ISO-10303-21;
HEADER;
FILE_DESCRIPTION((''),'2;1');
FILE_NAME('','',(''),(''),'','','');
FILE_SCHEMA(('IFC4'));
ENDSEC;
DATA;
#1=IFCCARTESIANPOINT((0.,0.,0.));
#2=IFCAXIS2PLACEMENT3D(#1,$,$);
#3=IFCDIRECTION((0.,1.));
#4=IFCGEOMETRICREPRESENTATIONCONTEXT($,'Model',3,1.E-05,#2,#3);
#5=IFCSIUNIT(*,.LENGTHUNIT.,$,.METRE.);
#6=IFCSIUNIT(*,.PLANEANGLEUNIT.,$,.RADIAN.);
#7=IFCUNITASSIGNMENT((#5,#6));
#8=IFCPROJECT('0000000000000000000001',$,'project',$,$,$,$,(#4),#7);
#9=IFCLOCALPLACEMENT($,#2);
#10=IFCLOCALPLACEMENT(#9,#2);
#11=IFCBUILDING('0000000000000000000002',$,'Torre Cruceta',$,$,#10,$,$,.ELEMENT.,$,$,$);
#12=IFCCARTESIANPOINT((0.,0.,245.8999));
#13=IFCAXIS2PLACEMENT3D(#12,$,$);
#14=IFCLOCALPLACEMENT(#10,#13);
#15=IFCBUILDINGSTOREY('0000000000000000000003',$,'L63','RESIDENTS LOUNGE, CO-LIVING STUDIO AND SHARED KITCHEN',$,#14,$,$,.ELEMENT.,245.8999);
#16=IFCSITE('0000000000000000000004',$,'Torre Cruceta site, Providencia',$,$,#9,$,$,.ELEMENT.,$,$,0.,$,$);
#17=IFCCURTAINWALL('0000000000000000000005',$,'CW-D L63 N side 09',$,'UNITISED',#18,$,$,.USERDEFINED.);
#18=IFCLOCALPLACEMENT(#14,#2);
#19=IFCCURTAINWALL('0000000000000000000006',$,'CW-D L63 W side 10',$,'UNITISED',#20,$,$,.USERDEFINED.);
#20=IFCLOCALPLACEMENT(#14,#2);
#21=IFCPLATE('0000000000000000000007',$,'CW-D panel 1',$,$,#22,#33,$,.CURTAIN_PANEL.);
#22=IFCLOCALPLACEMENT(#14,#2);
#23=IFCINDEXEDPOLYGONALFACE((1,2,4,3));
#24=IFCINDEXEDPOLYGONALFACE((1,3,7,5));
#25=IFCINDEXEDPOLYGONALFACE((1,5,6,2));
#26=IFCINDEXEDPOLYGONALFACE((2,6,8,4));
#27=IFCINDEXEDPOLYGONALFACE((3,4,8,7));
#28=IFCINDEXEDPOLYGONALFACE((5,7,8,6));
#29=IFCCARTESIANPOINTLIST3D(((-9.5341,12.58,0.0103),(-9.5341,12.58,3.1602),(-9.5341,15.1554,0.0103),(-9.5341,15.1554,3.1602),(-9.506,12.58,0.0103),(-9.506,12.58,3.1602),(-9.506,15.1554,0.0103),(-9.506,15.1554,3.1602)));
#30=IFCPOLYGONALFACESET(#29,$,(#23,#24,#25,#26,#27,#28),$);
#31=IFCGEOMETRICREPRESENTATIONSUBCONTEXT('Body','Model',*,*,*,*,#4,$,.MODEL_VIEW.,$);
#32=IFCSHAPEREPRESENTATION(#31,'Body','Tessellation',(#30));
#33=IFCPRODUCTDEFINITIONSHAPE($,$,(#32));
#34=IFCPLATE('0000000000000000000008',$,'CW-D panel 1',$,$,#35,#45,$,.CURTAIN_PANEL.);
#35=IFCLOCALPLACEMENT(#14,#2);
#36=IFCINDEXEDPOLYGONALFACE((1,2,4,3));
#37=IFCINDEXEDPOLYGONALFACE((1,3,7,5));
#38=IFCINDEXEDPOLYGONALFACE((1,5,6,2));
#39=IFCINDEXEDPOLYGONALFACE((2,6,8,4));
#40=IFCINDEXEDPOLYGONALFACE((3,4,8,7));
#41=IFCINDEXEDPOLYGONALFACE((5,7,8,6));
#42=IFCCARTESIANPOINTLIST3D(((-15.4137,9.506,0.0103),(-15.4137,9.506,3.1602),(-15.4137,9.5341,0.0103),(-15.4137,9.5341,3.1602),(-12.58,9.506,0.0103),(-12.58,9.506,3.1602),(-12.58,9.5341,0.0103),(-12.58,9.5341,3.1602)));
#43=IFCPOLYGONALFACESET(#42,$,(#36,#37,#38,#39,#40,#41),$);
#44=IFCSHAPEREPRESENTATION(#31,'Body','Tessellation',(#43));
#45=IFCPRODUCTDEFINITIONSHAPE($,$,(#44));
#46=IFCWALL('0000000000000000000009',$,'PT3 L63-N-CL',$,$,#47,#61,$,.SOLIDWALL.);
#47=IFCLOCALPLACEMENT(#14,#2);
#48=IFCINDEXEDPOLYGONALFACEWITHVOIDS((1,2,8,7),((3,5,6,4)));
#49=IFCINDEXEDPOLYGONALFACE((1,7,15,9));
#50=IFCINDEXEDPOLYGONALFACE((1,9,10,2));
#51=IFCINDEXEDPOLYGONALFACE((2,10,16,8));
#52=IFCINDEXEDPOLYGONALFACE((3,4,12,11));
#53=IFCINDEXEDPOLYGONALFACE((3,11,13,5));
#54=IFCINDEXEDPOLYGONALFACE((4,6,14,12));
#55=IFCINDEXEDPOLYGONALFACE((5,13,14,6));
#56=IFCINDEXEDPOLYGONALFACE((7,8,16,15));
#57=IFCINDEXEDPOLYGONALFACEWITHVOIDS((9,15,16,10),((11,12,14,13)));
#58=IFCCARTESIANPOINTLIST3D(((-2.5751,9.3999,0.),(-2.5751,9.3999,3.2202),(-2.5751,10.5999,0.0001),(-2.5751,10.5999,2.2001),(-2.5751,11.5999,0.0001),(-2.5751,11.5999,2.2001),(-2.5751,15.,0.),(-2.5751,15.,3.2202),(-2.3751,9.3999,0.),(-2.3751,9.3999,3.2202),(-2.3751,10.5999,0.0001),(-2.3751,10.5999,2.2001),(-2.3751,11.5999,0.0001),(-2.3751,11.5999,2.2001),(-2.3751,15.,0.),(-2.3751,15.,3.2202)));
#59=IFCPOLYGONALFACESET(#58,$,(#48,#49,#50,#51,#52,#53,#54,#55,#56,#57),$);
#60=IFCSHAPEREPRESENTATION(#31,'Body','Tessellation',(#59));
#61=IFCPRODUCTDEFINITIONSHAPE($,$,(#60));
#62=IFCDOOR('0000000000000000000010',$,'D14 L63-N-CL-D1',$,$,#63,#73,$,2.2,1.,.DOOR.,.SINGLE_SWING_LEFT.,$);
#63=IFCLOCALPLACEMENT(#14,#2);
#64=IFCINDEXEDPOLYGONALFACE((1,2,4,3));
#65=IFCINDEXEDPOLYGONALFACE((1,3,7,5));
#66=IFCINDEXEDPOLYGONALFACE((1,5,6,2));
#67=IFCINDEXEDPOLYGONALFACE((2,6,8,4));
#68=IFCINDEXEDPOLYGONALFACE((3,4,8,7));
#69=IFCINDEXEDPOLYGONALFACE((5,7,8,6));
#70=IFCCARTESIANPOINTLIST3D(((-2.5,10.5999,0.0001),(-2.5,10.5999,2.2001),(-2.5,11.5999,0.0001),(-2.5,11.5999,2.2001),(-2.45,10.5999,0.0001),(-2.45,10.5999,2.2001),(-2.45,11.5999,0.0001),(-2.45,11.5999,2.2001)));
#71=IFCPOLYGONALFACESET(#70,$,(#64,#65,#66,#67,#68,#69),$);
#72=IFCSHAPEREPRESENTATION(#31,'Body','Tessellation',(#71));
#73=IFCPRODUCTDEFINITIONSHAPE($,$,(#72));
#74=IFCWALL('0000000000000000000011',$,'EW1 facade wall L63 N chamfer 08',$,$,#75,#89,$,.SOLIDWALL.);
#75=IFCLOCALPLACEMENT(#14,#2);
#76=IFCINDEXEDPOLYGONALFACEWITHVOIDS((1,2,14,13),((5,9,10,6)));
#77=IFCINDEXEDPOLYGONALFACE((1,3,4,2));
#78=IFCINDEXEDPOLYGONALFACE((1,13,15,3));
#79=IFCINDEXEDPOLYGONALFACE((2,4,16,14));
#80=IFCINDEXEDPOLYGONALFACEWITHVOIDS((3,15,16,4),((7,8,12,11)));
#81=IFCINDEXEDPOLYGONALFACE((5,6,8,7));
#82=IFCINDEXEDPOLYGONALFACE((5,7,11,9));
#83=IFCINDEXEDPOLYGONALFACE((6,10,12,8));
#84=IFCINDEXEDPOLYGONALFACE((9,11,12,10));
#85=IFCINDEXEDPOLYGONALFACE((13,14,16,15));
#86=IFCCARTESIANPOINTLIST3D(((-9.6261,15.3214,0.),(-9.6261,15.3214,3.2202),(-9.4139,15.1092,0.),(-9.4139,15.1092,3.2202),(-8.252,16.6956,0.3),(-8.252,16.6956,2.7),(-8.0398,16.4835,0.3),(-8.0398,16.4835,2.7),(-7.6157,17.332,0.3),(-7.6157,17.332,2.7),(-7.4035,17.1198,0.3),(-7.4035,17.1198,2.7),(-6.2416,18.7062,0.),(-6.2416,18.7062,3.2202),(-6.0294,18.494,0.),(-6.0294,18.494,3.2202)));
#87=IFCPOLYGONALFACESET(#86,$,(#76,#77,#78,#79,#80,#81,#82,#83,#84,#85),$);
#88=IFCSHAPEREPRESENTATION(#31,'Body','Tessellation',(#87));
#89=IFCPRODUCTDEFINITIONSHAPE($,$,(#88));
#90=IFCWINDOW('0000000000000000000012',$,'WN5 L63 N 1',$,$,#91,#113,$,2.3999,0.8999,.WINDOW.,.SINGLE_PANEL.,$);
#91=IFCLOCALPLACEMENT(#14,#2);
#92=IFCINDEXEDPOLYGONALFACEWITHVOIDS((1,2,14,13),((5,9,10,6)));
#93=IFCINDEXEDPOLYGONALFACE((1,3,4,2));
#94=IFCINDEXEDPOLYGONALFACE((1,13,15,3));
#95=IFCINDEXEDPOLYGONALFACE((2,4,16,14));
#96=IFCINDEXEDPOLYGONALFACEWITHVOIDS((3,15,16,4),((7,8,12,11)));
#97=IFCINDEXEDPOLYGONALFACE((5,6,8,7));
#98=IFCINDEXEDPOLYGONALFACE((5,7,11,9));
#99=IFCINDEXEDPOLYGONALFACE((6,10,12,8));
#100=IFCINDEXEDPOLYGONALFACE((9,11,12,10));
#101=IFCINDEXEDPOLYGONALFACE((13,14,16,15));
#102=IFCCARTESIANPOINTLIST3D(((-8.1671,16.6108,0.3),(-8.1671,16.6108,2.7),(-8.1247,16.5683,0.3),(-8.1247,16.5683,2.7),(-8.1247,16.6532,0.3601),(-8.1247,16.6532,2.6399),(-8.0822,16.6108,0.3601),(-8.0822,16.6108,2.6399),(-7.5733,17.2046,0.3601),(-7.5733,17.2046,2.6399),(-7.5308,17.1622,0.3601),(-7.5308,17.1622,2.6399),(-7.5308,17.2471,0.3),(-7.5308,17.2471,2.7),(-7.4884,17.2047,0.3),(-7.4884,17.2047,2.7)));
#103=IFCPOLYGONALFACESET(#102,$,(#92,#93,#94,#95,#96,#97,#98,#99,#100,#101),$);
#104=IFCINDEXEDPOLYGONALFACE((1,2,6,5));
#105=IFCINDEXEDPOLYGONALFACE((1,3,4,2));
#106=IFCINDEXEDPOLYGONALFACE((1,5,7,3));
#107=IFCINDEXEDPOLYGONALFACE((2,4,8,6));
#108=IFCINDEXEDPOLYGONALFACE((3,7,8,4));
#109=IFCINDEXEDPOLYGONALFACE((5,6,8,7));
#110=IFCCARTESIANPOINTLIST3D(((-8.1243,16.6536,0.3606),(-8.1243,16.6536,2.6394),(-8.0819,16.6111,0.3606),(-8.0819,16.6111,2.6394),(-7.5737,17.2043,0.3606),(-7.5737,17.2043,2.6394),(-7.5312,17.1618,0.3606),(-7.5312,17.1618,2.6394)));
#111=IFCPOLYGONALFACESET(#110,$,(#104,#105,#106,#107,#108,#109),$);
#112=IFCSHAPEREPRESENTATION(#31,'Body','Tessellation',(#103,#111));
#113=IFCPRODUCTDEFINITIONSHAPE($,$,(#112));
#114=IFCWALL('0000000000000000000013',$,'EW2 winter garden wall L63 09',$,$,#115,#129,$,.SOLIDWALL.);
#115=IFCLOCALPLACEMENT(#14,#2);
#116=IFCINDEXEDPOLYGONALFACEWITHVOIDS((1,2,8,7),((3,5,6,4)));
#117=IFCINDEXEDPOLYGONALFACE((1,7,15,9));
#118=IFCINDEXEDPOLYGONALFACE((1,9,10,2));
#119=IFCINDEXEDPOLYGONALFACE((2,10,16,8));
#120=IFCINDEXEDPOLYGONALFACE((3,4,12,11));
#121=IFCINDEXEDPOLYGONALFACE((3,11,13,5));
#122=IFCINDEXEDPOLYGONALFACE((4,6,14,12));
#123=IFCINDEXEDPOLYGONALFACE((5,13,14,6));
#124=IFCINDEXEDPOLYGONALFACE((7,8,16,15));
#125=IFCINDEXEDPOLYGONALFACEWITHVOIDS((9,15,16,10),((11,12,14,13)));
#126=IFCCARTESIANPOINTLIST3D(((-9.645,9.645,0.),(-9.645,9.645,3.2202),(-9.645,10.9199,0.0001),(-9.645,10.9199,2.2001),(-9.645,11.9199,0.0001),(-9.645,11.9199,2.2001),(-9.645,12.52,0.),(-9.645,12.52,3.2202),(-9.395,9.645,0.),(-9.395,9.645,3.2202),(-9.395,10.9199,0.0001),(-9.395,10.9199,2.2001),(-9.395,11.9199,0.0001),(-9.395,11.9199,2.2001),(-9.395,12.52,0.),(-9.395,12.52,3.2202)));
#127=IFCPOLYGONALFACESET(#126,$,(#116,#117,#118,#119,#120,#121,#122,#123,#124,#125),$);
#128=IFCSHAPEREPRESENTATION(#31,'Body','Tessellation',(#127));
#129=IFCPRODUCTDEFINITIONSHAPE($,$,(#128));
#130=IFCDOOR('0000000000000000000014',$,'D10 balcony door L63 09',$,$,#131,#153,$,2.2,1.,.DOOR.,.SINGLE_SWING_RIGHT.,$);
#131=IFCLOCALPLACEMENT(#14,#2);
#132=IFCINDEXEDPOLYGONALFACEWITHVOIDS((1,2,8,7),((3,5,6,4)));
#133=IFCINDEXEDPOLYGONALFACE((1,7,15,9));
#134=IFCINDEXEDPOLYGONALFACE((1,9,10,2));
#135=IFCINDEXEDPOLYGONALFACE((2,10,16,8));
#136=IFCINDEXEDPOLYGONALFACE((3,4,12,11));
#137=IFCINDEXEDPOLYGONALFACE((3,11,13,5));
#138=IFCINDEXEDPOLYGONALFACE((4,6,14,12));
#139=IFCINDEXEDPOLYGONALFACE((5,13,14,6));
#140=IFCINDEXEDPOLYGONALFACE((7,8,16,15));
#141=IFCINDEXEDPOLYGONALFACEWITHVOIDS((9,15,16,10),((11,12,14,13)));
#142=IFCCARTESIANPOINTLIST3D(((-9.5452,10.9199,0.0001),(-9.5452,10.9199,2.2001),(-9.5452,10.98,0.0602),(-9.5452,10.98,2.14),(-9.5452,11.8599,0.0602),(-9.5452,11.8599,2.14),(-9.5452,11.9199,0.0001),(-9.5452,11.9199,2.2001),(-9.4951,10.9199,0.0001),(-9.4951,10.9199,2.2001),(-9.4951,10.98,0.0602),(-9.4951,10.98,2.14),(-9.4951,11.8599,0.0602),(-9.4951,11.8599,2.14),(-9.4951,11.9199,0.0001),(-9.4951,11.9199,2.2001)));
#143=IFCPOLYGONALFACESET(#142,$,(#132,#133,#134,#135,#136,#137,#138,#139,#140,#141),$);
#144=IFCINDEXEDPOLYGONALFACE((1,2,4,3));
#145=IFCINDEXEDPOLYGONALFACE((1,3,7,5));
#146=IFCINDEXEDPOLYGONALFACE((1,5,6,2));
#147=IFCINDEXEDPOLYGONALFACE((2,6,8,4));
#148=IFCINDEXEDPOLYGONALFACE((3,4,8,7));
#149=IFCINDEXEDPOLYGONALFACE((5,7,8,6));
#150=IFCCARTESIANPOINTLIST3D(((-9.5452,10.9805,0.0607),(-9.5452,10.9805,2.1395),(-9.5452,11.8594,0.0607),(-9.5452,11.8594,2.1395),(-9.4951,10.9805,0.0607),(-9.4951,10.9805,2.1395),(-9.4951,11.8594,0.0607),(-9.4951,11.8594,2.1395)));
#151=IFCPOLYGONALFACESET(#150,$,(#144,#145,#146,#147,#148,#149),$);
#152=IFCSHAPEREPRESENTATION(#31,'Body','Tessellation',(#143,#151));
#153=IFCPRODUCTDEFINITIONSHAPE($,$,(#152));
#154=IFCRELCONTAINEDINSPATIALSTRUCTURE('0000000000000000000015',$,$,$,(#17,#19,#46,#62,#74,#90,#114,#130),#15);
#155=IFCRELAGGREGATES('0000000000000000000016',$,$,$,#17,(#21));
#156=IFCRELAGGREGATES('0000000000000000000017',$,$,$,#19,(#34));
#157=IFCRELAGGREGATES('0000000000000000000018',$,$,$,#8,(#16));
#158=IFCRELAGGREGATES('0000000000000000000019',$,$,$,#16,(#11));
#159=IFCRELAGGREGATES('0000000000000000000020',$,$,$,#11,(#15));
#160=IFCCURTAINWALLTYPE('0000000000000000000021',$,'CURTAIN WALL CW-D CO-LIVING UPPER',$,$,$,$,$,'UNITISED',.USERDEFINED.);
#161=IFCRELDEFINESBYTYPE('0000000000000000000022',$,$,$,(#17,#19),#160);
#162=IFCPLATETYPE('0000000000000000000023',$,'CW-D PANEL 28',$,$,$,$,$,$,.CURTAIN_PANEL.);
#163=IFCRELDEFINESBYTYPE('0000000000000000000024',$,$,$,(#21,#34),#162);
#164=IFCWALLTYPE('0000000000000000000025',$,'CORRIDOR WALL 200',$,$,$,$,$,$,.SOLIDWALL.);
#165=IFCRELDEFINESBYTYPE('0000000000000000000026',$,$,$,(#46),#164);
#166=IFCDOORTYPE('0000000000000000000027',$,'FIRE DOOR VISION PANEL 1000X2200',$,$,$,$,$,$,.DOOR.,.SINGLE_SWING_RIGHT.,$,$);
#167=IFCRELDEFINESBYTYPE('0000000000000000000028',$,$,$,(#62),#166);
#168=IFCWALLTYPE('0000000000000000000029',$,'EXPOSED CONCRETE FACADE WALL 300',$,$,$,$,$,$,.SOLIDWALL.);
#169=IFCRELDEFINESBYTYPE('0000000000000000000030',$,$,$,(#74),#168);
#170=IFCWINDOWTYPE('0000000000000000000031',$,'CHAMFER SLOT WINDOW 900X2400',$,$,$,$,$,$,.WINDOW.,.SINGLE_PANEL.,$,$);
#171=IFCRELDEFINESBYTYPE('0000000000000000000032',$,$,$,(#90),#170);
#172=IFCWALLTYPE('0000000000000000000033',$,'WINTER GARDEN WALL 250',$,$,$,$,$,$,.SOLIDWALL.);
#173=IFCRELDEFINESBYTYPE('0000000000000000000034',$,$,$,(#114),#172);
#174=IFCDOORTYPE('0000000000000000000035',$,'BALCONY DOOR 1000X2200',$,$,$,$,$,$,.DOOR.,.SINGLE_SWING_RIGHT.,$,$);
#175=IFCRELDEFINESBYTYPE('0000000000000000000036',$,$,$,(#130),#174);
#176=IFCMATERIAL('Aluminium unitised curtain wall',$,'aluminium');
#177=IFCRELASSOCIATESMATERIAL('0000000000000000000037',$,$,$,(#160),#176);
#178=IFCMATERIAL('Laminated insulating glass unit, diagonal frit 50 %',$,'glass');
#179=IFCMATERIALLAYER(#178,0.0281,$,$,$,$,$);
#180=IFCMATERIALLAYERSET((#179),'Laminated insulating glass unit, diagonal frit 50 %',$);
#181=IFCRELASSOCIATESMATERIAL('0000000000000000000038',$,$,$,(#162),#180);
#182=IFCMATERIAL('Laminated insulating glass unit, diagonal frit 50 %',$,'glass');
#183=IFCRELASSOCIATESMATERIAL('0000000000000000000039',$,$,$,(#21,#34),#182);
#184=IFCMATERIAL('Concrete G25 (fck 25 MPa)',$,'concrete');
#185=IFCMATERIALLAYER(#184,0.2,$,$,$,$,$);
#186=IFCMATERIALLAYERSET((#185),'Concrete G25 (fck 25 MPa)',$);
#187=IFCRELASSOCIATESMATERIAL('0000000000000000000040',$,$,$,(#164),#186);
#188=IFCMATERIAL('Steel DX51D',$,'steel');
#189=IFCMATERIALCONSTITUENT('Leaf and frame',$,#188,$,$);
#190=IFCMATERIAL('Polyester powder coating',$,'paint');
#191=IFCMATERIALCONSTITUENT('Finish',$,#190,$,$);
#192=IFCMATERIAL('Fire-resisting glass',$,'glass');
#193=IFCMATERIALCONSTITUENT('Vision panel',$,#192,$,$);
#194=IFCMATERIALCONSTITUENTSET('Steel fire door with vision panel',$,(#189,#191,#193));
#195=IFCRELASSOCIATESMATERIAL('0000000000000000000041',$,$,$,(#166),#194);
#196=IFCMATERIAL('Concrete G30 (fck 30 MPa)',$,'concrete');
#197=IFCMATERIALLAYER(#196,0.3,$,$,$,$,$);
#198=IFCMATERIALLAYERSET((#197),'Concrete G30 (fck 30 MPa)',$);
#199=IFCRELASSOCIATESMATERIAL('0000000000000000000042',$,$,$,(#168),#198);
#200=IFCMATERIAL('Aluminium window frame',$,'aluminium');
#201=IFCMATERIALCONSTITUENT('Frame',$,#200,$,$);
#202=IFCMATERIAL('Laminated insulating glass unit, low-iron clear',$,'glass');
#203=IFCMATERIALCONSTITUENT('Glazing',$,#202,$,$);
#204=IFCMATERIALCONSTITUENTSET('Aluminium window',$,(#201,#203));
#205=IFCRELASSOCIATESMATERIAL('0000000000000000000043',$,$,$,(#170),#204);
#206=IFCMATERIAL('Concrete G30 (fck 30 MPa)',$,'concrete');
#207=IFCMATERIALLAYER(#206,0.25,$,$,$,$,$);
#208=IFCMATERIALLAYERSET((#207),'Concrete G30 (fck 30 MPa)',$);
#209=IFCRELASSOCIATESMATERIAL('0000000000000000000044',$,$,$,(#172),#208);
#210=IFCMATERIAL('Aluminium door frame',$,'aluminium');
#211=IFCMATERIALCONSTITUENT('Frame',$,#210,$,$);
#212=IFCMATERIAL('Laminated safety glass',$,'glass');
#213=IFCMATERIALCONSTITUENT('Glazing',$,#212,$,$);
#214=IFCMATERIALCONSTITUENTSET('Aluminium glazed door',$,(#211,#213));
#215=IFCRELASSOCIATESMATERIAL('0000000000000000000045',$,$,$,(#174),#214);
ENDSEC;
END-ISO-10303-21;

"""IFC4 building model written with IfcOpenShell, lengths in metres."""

from ifc_helpers import new_model, si_unit, direction, frame, frame_2d, origin, origin_2d, place, context, subcontext, project, spatial, rectangle, hollow_rectangle, extrude, material, layer, layer_set, constituent, constituent_set, type_object, element, fill, aggregate, save


model = new_model("IFC4")

# Units and contexts
model_context = context("Model", 3, precision=1e-05, world=origin(), true_north=direction((0.0, 1.0)))
body_context = subcontext(model_context, "Body", "Model", "MODEL_VIEW")
ifc_project = project(units=[si_unit("LENGTHUNIT", "METRE"), si_unit("PLANEANGLEUNIT", "RADIAN")], contexts=[model_context])

# Site, building, storey
site_placement = place(None, origin())
site = spatial("IfcSite", under=ifc_project, at=site_placement, Name="Torre Cruceta site, Providencia", CompositionType="ELEMENT", RefElevation=0.0)
building_placement = place(site_placement, origin())
building = spatial("IfcBuilding", under=site, at=building_placement, Name="Torre Cruceta", CompositionType="ELEMENT")
storey_placement = place(building_placement, frame((0.0, 0.0, 245.8999)))
storey = spatial("IfcBuildingStorey", under=building, at=storey_placement, Name="L63", Description="RESIDENTS LOUNGE, CO-LIVING STUDIO AND SHARED KITCHEN", CompositionType="ELEMENT", Elevation=245.8999)

# Curtain wall
ifc_material_1 = material(Name="Aluminium unitised curtain wall", Category="aluminium")
curtain_wall_type = type_object("IfcCurtainWallType", Name="CURTAIN WALL CW-D CO-LIVING UPPER", ElementType="UNITISED", PredefinedType="USERDEFINED", material=ifc_material_1)
curtain_wall_1_placement = place(storey_placement, origin())
curtain_wall_1 = element("IfcCurtainWall", 1, at=curtain_wall_1_placement, inside=storey, type_object=curtain_wall_type, Name="CW-D L63 N side 09", ObjectType="UNITISED", PredefinedType="USERDEFINED")

# Curtain wall
curtain_wall_2_placement = place(storey_placement, origin())
curtain_wall_2 = element("IfcCurtainWall", 2, at=curtain_wall_2_placement, inside=storey, type_object=curtain_wall_type, Name="CW-D L63 W side 10", ObjectType="UNITISED", PredefinedType="USERDEFINED")

# Plates
ifc_material_2 = material(Name="Laminated insulating glass unit, diagonal frit 50 %", Category="glass")
ifc_material_3 = material(Name="Laminated insulating glass unit, diagonal frit 50 %", Category="glass")
ifc_layer_1 = layer(ifc_material_3, 0.0281)
ifc_layer_set_1 = layer_set([ifc_layer_1], Name="Laminated insulating glass unit, diagonal frit 50 %")
plate_type = type_object("IfcPlateType", Name="CW-D PANEL 28", PredefinedType="CURTAIN_PANEL", material=ifc_layer_set_1)
plate_1_placement = place(storey_placement, frame((-9.52, 13.8677, 0.0103), z_axis=(0.0, 0.0, 1.0), x_axis=(0.0, -1.0, 0.0)))
plate_1 = element("IfcPlate", 3, at=plate_1_placement, type_object=plate_type, material=ifc_material_2, Name="CW-D panel 1", PredefinedType="CURTAIN_PANEL", context=body_context, shape_type="SweptSolid", body=[
    extrude(rectangle(XDim=2.5754, YDim=0.0281, at=origin_2d()), origin(), (0.0, 0.0, 1.0), 3.1499),
])
aggregate(curtain_wall_1, [plate_1])
plate_2_placement = place(storey_placement, frame((-13.9968, 9.52, 0.0103), z_axis=(0.0, 0.0, 1.0), x_axis=(-1.0, 0.0, 0.0)))
plate_2 = element("IfcPlate", 4, at=plate_2_placement, type_object=plate_type, material=ifc_material_2, Name="CW-D panel 1", PredefinedType="CURTAIN_PANEL", context=body_context, shape_type="SweptSolid", body=[
    extrude(rectangle(XDim=2.8337, YDim=0.0281, at=origin_2d()), origin(), (0.0, 0.0, 1.0), 3.1499),
])
aggregate(curtain_wall_2, [plate_2])

# Wall, opening, door
ifc_material_4 = material(Name="Concrete G25 (fck 25 MPa)", Category="concrete")
ifc_layer_2 = layer(ifc_material_4, 0.2)
ifc_layer_set_2 = layer_set([ifc_layer_2], Name="Concrete G25 (fck 25 MPa)")
wall_type_1 = type_object("IfcWallType", Name="CORRIDOR WALL 200", PredefinedType="SOLIDWALL", material=ifc_layer_set_2)
wall_1_placement = place(storey_placement, frame((-2.4751, 9.3999, 0.0), z_axis=(0.0, 0.0, 1.0), x_axis=(0.0, 1.0, 0.0)))
wall_1 = element("IfcWall", 5, at=wall_1_placement, inside=storey, type_object=wall_type_1, Name="PT3 L63-N-CL", PredefinedType="SOLIDWALL", context=body_context, shape_type="SweptSolid", body=[
    extrude(rectangle(XDim=5.6001, YDim=0.2, at=frame_2d((2.8, 0.0))), origin(), (0.0, 0.0, 1.0), 3.2202),
])
opening_1_placement = place(wall_1_placement, frame((1.2, 0.0, 0.0)))
opening_1 = element("IfcOpeningElement", 6, at=opening_1_placement, cuts=wall_1, PredefinedType="OPENING", context=body_context, shape_type="SweptSolid", body=[
    extrude(rectangle(XDim=1.0, YDim=2.2, at=frame_2d((0.5, 1.1001))), frame((0.0, 0.1099, 0.0), z_axis=(0.0, -1.0, 0.0), x_axis=(1.0, 0.0, 0.0)), (0.0, 0.0, 1.0), 0.22),
])
ifc_material_5 = material(Name="Steel DX51D", Category="steel")
ifc_constituent_1 = constituent(ifc_material_5, Name="Leaf and frame")
ifc_material_6 = material(Name="Polyester powder coating", Category="paint")
ifc_constituent_2 = constituent(ifc_material_6, Name="Finish")
ifc_material_7 = material(Name="Fire-resisting glass", Category="glass")
ifc_constituent_3 = constituent(ifc_material_7, Name="Vision panel")
ifc_constituent_set_1 = constituent_set(constituents=[ifc_constituent_1, ifc_constituent_2, ifc_constituent_3], Name="Steel fire door with vision panel")
door_type_1 = type_object("IfcDoorType", Name="FIRE DOOR VISION PANEL 1000X2200", OperationType="SINGLE_SWING_RIGHT", PredefinedType="DOOR", material=ifc_constituent_set_1)
door_1_placement = place(opening_1_placement, origin())
door_1 = element("IfcDoor", 7, at=door_1_placement, inside=storey, type_object=door_type_1, Name="D14 L63-N-CL-D1", OperationType="SINGLE_SWING_LEFT", OverallHeight=2.2, OverallWidth=1.0, PredefinedType="DOOR", context=body_context, shape_type="SweptSolid", body=[
    extrude(rectangle(XDim=1.0, YDim=2.2, at=frame_2d((0.5, 1.1001))), frame((0.0, 0.0249, 0.0), z_axis=(0.0, -1.0, 0.0), x_axis=(1.0, 0.0, 0.0)), (0.0, 0.0, 1.0), 0.05),
])
fill(opening_1, door_1)

# Wall, opening, window
ifc_material_8 = material(Name="Concrete G30 (fck 30 MPa)", Category="concrete")
ifc_layer_3 = layer(ifc_material_8, 0.3)
ifc_layer_set_3 = layer_set([ifc_layer_3], Name="Concrete G30 (fck 30 MPa)")
wall_type_2 = type_object("IfcWallType", Name="EXPOSED CONCRETE FACADE WALL 300", PredefinedType="SOLIDWALL", material=ifc_layer_set_3)
wall_2_placement = place(storey_placement, frame((-6.1355, 18.6001, 0.0), z_axis=(0.0, 0.0, 1.0), x_axis=(-0.707081, -0.707132, 0.0)))
wall_2 = element("IfcWall", 8, at=wall_2_placement, inside=storey, type_object=wall_type_2, Name="EW1 facade wall L63 N chamfer 08", PredefinedType="SOLIDWALL", context=body_context, shape_type="SweptSolid", body=[
    extrude(rectangle(XDim=4.7866, YDim=0.3, at=frame_2d((2.3933, 0.0))), origin(), (0.0, 0.0, 1.0), 3.2202),
])
opening_2_placement = place(wall_2_placement, frame((1.9434, 0.0, 0.3)))
opening_2 = element("IfcOpeningElement", 9, at=opening_2_placement, cuts=wall_2, PredefinedType="OPENING", context=body_context, shape_type="SweptSolid", body=[
    extrude(rectangle(XDim=0.8999, YDim=2.3999, at=frame_2d((0.45, 1.2))), frame((0.0, 0.1599, 0.0), z_axis=(0.0, -1.0, 0.0), x_axis=(1.0, 0.0, 0.0)), (0.0, 0.0, 1.0), 0.3201),
])
ifc_material_9 = material(Name="Aluminium window frame", Category="aluminium")
ifc_constituent_4 = constituent(ifc_material_9, Name="Frame")
ifc_material_10 = material(Name="Laminated insulating glass unit, low-iron clear", Category="glass")
ifc_constituent_5 = constituent(ifc_material_10, Name="Glazing")
ifc_constituent_set_2 = constituent_set(constituents=[ifc_constituent_4, ifc_constituent_5], Name="Aluminium window")
window_type = type_object("IfcWindowType", Name="CHAMFER SLOT WINDOW 900X2400", PartitioningType="SINGLE_PANEL", PredefinedType="WINDOW", material=ifc_constituent_set_2)
window_placement = place(opening_2_placement, origin())
window = element("IfcWindow", 10, at=window_placement, inside=storey, type_object=window_type, Name="WN5 L63 N 1", OverallHeight=2.3999, OverallWidth=0.8999, PartitioningType="SINGLE_PANEL", PredefinedType="WINDOW", context=body_context, shape_type="SweptSolid", body=[
    extrude(hollow_rectangle(XDim=0.8999, YDim=2.3999, WallThickness=0.0601, at=frame_2d((0.45, 1.2))), frame((0.0, 0.03, 0.0), z_axis=(0.0, -1.0, 0.0), x_axis=(1.0, 0.0, 0.0)), (0.0, 0.0, 1.0), 0.0601),
    extrude(rectangle(XDim=0.7788, YDim=2.2788, at=frame_2d((0.45, 1.2))), frame((0.0, 0.03, 0.0), z_axis=(0.0, -1.0, 0.0), x_axis=(1.0, 0.0, 0.0)), (0.0, 0.0, 1.0), 0.0601),
])
fill(opening_2, window)

# Wall, opening, door
ifc_material_11 = material(Name="Concrete G30 (fck 30 MPa)", Category="concrete")
ifc_layer_4 = layer(ifc_material_11, 0.25)
ifc_layer_set_4 = layer_set([ifc_layer_4], Name="Concrete G30 (fck 30 MPa)")
wall_type_3 = type_object("IfcWallType", Name="WINTER GARDEN WALL 250", PredefinedType="SOLIDWALL", material=ifc_layer_set_4)
wall_3_placement = place(storey_placement, frame((-9.52, 12.52, 0.0), z_axis=(0.0, 0.0, 1.0), x_axis=(0.0, -1.0, 0.0)))
wall_3 = element("IfcWall", 11, at=wall_3_placement, inside=storey, type_object=wall_type_3, Name="EW2 winter garden wall L63 09", PredefinedType="SOLIDWALL", context=body_context, shape_type="SweptSolid", body=[
    extrude(rectangle(XDim=2.875, YDim=0.25, at=frame_2d((1.4375, 0.0))), origin(), (0.0, 0.0, 1.0), 3.2202),
])
opening_3_placement = place(wall_3_placement, frame((0.6001, 0.0, 0.0)))
opening_3 = element("IfcOpeningElement", 12, at=opening_3_placement, cuts=wall_3, PredefinedType="OPENING", context=body_context, shape_type="SweptSolid", body=[
    extrude(rectangle(XDim=1.0, YDim=2.2, at=frame_2d((0.5, 1.1001))), frame((0.0, 0.135, 0.0), z_axis=(0.0, -1.0, 0.0), x_axis=(1.0, 0.0, 0.0)), (0.0, 0.0, 1.0), 0.27),
])
ifc_material_12 = material(Name="Aluminium door frame", Category="aluminium")
ifc_constituent_6 = constituent(ifc_material_12, Name="Frame")
ifc_material_13 = material(Name="Laminated safety glass", Category="glass")
ifc_constituent_7 = constituent(ifc_material_13, Name="Glazing")
ifc_constituent_set_3 = constituent_set(constituents=[ifc_constituent_6, ifc_constituent_7], Name="Aluminium glazed door")
door_type_2 = type_object("IfcDoorType", Name="BALCONY DOOR 1000X2200", OperationType="SINGLE_SWING_RIGHT", PredefinedType="DOOR", material=ifc_constituent_set_3)
door_2_placement = place(opening_3_placement, origin())
door_2 = element("IfcDoor", 13, at=door_2_placement, inside=storey, type_object=door_type_2, Name="D10 balcony door L63 09", OperationType="SINGLE_SWING_RIGHT", OverallHeight=2.2, OverallWidth=1.0, PredefinedType="DOOR", context=body_context, shape_type="SweptSolid", body=[
    extrude(hollow_rectangle(XDim=1.0, YDim=2.2, WallThickness=0.0601, at=frame_2d((0.5, 1.1001))), frame((0.0, 0.0249, 0.0), z_axis=(0.0, -1.0, 0.0), x_axis=(1.0, 0.0, 0.0)), (0.0, 0.0, 1.0), 0.05),
    extrude(rectangle(XDim=0.8789, YDim=2.0789, at=frame_2d((0.5, 1.1001))), frame((0.0, 0.0249, 0.0), z_axis=(0.0, -1.0, 0.0), x_axis=(1.0, 0.0, 0.0)), (0.0, 0.0, 1.0), 0.05),
])
fill(opening_3, door_2)

save(model, "model.ifc")
